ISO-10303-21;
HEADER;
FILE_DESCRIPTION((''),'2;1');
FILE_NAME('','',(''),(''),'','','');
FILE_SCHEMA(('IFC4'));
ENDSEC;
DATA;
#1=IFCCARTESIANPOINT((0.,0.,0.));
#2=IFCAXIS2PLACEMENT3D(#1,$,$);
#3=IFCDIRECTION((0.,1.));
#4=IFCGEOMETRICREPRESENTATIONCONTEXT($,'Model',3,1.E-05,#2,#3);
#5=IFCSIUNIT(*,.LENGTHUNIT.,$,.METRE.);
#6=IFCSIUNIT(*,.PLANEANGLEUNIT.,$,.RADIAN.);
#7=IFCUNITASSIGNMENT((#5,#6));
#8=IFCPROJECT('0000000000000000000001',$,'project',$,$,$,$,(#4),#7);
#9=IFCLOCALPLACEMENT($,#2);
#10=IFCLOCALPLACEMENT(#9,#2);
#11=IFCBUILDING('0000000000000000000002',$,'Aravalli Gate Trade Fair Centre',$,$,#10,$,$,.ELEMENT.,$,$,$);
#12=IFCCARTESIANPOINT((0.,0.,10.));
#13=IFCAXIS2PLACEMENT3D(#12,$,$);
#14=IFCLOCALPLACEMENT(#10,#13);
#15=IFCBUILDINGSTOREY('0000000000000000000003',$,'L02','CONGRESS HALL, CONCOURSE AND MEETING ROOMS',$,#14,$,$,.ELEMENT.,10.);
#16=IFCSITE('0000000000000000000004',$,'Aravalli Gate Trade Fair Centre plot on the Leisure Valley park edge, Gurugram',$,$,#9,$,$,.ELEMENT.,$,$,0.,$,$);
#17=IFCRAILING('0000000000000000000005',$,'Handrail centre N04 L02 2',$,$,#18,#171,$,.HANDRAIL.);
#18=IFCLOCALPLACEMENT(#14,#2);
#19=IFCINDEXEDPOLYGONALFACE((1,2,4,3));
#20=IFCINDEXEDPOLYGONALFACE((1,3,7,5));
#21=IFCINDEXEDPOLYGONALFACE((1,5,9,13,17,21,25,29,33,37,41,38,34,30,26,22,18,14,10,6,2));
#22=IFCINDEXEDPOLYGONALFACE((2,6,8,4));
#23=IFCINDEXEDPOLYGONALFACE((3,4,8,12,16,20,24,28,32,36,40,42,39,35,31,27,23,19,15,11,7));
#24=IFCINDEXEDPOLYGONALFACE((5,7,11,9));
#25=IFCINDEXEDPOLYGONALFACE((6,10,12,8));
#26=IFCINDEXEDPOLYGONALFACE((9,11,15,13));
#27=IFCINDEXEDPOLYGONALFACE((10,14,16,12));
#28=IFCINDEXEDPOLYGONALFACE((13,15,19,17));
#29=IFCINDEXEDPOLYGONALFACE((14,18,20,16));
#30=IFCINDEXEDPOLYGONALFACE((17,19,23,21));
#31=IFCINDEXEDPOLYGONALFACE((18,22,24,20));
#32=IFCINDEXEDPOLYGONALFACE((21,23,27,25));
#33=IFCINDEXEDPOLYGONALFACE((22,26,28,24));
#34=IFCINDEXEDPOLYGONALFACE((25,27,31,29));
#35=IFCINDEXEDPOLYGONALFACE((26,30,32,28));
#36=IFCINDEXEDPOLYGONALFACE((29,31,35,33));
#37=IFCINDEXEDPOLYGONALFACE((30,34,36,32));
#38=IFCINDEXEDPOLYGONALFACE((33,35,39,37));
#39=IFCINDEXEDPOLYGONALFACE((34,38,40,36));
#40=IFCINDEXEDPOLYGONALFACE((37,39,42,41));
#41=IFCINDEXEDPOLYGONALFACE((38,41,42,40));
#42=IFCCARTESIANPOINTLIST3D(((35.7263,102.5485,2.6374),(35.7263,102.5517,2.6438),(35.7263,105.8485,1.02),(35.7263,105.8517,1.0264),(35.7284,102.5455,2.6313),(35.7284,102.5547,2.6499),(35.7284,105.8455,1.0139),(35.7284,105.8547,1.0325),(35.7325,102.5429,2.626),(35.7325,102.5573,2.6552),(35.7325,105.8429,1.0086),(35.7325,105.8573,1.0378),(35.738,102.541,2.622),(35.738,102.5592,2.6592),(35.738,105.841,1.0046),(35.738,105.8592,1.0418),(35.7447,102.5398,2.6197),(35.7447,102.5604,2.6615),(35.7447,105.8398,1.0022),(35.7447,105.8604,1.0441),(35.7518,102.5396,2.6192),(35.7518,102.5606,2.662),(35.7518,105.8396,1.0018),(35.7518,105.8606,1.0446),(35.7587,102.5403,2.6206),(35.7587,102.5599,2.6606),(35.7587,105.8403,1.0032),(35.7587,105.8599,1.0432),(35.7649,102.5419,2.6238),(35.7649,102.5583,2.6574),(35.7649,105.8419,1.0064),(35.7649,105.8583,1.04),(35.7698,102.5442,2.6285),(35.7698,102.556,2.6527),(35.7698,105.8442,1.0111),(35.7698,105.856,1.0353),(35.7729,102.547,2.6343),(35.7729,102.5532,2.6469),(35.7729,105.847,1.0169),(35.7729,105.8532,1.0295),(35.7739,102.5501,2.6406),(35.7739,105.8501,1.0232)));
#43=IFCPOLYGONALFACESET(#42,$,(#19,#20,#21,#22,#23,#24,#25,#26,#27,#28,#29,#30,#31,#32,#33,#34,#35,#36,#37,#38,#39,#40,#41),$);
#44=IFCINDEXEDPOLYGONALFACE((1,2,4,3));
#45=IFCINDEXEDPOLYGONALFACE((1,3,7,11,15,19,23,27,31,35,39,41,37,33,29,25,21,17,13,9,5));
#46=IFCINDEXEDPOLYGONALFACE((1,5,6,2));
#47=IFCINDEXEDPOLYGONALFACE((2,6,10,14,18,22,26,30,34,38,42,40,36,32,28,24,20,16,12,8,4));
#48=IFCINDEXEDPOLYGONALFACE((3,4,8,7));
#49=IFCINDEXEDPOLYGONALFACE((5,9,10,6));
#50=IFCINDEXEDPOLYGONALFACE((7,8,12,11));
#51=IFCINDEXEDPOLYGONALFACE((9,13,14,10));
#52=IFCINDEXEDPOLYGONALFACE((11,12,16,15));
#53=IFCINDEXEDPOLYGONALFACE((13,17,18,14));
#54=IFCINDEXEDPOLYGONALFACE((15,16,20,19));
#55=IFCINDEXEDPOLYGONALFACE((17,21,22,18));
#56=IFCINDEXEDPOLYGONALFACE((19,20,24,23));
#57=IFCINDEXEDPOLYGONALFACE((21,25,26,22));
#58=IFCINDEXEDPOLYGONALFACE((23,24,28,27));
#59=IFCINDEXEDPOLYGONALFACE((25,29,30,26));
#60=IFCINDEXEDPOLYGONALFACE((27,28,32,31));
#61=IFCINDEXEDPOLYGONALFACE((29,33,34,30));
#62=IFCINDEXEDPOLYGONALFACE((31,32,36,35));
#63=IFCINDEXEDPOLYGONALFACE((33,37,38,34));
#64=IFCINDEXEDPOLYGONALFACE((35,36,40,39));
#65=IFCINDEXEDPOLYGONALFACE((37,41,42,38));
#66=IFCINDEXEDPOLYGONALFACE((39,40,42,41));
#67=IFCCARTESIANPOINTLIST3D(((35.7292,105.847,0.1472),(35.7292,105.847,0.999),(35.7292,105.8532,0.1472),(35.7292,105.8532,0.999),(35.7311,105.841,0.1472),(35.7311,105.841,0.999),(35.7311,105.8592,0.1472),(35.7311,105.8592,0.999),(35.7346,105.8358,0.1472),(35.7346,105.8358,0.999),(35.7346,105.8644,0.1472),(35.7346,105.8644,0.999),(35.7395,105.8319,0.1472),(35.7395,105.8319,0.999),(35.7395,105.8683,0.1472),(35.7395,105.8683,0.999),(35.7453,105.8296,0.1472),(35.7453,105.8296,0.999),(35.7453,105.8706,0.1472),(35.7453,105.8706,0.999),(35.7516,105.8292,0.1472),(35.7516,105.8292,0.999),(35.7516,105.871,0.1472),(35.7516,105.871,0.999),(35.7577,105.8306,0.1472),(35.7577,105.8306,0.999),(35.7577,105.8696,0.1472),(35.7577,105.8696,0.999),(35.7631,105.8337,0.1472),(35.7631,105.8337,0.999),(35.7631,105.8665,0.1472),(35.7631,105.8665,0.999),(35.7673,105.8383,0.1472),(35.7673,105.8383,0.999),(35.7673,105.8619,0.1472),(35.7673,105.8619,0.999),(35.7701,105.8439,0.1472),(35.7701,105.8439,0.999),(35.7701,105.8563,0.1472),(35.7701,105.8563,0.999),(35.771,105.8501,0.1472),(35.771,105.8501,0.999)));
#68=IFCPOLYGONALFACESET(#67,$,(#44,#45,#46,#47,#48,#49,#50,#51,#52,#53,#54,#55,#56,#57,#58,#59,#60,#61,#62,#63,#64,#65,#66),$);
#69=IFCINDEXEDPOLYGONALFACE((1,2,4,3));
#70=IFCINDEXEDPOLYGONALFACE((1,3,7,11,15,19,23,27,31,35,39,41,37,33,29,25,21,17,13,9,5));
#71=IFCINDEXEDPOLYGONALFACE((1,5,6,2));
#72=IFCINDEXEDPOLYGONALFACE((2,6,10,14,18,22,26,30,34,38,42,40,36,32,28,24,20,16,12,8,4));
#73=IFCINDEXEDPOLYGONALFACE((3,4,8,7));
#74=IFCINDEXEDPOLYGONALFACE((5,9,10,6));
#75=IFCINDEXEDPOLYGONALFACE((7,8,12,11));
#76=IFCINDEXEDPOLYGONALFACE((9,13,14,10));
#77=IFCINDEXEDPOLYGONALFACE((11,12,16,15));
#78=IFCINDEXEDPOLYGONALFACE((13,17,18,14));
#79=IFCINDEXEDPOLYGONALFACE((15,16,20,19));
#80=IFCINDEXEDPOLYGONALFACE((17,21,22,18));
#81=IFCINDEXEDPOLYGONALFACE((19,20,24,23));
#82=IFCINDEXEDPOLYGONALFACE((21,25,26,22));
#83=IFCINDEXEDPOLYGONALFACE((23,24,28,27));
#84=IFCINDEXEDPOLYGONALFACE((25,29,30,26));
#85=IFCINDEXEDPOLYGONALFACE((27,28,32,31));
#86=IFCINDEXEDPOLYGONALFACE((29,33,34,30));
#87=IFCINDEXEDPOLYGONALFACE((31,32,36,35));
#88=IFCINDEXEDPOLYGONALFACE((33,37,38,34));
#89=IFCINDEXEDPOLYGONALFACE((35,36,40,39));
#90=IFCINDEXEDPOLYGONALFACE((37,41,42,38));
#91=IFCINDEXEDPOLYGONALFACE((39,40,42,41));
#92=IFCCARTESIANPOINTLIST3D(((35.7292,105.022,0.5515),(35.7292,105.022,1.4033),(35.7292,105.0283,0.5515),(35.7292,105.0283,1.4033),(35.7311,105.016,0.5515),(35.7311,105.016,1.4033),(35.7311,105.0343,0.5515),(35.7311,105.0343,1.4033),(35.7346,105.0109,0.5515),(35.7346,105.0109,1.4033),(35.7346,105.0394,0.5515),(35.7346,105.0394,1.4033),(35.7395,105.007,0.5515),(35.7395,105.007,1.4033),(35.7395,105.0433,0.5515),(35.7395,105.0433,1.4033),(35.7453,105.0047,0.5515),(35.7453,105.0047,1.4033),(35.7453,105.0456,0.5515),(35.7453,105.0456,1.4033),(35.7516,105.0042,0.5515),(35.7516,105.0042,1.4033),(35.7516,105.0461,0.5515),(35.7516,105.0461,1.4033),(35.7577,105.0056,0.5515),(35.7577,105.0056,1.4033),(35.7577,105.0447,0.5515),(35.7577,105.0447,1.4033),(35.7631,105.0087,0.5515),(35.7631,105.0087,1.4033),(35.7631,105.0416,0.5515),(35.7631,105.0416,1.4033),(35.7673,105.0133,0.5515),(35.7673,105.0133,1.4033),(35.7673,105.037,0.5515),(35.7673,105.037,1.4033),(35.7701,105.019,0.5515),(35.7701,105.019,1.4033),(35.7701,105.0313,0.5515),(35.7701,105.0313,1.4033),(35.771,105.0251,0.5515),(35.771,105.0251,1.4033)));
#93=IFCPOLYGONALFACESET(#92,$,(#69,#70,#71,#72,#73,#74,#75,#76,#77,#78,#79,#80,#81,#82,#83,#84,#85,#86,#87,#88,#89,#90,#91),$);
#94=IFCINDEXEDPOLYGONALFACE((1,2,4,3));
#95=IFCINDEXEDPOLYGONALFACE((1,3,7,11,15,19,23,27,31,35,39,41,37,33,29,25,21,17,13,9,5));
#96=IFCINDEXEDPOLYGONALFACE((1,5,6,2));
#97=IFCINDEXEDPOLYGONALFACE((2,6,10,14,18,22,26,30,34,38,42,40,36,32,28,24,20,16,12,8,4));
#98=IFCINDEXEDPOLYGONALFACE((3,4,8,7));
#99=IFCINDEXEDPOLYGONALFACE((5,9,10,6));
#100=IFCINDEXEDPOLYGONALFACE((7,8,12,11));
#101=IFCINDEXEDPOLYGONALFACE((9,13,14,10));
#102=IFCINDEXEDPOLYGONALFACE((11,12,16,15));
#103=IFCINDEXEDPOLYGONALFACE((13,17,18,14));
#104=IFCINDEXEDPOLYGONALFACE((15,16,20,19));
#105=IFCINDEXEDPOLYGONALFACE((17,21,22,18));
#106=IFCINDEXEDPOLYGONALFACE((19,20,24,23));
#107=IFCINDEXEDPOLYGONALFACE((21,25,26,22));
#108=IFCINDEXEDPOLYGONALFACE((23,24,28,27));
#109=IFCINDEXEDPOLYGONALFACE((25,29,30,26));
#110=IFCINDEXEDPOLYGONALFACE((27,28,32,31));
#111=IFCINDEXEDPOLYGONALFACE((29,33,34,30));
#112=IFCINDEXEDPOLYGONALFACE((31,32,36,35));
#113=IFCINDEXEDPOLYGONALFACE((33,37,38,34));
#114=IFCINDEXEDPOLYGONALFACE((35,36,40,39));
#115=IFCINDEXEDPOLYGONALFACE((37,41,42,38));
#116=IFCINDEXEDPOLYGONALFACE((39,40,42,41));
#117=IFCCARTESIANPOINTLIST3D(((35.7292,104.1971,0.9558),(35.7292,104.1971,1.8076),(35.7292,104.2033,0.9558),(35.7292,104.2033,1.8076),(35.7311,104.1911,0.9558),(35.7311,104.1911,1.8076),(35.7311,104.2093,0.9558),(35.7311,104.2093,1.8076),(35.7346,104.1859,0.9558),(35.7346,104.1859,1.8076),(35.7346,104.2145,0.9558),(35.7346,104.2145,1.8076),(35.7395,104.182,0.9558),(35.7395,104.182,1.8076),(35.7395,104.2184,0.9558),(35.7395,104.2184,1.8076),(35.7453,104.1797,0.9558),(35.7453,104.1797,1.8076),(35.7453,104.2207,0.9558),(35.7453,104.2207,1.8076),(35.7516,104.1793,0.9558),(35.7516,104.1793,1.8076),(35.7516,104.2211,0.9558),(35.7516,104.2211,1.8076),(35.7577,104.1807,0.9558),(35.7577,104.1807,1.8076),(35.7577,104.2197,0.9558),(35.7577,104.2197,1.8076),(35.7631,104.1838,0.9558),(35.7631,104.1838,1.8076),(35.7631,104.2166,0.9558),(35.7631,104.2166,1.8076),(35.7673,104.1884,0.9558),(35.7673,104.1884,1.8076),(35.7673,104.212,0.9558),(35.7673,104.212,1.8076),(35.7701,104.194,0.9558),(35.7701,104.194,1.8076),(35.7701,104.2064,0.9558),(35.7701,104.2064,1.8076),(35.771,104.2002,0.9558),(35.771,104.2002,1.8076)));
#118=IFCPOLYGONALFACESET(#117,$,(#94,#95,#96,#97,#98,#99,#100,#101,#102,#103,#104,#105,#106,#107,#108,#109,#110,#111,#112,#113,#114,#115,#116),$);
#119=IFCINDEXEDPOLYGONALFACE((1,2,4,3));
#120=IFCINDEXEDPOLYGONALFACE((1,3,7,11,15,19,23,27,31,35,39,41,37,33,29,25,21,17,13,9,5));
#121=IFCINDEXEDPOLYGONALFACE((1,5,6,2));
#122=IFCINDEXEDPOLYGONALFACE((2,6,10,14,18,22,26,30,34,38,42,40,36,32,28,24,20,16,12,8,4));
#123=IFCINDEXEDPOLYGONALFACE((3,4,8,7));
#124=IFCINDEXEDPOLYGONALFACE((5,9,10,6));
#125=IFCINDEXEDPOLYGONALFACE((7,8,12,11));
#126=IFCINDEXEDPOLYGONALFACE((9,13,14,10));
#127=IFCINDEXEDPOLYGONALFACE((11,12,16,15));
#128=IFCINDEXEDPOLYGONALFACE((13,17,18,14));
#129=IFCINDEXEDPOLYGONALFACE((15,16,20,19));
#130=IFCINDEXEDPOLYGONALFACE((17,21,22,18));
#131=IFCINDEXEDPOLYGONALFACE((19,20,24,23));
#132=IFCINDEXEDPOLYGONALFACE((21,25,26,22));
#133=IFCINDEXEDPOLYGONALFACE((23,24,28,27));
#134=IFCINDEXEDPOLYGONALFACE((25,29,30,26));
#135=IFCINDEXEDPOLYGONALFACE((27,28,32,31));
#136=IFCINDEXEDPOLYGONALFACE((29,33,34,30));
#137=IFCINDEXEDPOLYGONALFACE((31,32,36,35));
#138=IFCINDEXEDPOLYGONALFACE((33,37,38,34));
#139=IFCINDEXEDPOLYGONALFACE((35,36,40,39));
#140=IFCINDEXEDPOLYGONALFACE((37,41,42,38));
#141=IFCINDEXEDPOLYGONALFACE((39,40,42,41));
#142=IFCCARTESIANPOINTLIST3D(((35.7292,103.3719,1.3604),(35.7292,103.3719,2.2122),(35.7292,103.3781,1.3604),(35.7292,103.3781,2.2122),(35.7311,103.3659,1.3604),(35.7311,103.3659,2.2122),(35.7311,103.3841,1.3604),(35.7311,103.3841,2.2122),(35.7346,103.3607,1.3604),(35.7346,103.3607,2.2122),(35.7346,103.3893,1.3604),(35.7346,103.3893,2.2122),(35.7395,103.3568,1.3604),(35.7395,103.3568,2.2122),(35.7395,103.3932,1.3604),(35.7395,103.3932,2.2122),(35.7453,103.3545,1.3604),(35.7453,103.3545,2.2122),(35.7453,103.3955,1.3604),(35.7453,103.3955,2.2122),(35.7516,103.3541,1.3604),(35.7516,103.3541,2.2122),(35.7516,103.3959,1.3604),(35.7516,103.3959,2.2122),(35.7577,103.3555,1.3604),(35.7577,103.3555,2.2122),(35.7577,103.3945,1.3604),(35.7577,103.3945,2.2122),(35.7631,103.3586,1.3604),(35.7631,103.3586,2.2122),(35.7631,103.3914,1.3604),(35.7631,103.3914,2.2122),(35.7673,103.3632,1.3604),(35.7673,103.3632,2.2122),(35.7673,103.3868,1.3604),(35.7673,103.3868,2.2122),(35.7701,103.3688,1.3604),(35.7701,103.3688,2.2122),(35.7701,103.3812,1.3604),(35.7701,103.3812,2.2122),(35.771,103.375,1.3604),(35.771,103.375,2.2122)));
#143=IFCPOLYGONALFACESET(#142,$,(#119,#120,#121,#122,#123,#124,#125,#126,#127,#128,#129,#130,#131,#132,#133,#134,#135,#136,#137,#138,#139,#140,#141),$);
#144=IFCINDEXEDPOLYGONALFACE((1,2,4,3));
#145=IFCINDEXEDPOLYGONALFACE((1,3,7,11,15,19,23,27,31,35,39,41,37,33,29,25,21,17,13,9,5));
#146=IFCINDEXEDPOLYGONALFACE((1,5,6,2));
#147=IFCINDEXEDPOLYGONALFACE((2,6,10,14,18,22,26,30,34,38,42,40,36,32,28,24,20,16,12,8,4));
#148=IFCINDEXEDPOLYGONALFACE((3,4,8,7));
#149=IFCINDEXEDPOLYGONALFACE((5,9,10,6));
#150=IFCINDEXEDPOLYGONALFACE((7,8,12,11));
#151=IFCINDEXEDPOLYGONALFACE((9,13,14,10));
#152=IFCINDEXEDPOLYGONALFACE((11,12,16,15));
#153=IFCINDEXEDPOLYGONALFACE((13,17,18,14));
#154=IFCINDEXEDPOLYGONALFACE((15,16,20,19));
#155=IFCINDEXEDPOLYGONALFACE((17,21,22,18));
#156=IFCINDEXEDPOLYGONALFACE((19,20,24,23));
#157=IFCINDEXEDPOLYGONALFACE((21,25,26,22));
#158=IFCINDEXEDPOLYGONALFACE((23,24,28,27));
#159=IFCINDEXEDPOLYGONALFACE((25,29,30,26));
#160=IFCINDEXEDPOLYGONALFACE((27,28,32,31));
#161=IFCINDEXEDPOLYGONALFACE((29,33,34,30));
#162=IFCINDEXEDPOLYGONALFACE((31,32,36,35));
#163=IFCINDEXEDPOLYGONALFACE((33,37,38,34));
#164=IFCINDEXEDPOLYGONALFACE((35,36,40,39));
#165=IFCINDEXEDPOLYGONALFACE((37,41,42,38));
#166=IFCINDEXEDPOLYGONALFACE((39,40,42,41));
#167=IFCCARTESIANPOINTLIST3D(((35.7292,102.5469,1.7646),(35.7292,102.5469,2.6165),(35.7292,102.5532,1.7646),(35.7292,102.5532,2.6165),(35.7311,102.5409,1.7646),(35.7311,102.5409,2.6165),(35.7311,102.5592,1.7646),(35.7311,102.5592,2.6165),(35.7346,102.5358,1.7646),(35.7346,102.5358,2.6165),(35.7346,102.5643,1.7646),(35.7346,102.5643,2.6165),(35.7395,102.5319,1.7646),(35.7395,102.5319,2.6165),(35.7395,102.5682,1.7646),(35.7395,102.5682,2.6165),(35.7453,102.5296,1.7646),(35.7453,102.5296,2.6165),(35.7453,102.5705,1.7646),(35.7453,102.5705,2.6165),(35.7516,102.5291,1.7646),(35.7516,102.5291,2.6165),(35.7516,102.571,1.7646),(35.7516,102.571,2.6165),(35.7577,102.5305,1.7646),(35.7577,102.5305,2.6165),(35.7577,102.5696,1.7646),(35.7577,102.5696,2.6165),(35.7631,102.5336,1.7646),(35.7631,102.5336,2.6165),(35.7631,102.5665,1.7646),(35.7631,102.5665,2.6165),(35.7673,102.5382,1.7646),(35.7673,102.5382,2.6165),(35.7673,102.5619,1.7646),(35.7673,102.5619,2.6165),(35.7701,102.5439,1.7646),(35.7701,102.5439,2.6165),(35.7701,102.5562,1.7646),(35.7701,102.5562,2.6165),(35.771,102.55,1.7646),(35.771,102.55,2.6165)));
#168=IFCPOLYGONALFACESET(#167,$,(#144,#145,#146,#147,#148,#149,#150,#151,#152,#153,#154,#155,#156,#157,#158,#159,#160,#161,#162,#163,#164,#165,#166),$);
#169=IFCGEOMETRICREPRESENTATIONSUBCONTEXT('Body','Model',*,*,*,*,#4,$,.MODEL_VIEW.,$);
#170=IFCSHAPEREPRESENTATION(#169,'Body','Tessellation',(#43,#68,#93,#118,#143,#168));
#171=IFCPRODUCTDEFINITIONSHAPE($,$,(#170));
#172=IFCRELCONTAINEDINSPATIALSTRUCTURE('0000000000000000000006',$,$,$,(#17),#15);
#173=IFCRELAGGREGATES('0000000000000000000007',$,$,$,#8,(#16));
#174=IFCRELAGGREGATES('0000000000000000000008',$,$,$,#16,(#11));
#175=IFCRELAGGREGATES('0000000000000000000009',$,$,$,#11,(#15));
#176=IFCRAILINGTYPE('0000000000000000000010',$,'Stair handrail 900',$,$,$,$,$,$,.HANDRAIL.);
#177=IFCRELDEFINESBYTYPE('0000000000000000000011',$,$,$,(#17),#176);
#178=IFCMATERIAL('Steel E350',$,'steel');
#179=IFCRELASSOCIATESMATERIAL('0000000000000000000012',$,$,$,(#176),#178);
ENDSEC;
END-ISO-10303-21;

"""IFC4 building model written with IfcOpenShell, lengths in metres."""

from ifc_helpers import new_model, si_unit, direction, frame, origin, origin_2d, place, context, subcontext, project, spatial, circle, extrude, material, type_object, element, save


model = new_model("IFC4")

# Units and contexts
model_context = context("Model", 3, precision=1e-05, world=origin(), true_north=direction((0.0, 1.0)))
body_context = subcontext(model_context, "Body", "Model", "MODEL_VIEW")
ifc_project = project(units=[si_unit("LENGTHUNIT", "METRE"), si_unit("PLANEANGLEUNIT", "RADIAN")], contexts=[model_context])

# Site, building, storey
site_placement = place(None, origin())
site = spatial("IfcSite", under=ifc_project, at=site_placement, Name="Aravalli Gate Trade Fair Centre plot on the Leisure Valley park edge, Gurugram", CompositionType="ELEMENT", RefElevation=0.0)
building_placement = place(site_placement, origin())
building = spatial("IfcBuilding", under=site, at=building_placement, Name="Aravalli Gate Trade Fair Centre", CompositionType="ELEMENT")
storey_placement = place(building_placement, frame((0.0, 0.0, 10.0)))
storey = spatial("IfcBuildingStorey", under=building, at=storey_placement, Name="L02", Description="CONGRESS HALL, CONCOURSE AND MEETING ROOMS", CompositionType="ELEMENT", Elevation=10.0)

# Shared definitions
ifc_material_1 = material(Name="Steel E350", Category="steel")

# Railing
railing_type_1 = type_object("IfcRailingType", Name="Stair handrail 900", PredefinedType="HANDRAIL", material=ifc_material_1)
for number, where, name in (
    (1, (35.75, 105.8501, 0.1472), "Handrail centre N04 L02 2"),
):
    element("IfcRailing", number, at=place(storey_placement, frame(where)), inside=storey, type_object=railing_type_1, Name=name, PredefinedType="HANDRAIL", context=body_context, shape_type="SweptSolid", body=[
        extrude(circle(Radius=0.0239, at=origin_2d()), frame((0.0, 0.0, 0.876), z_axis=(0.0, -0.897946, 0.440105), x_axis=(1.0, 0.0, 0.0)), (0.0, 0.0, 1.0), 3.675),
        extrude(circle(Radius=0.021, at=origin_2d()), origin(), (0.0, 0.0, 1.0), 0.8518),
        extrude(circle(Radius=0.021, at=origin_2d()), frame((0.0, -0.825, 0.4043)), (0.0, 0.0, 1.0), 0.8518),
        extrude(circle(Radius=0.021, at=origin_2d()), frame((0.0, -1.6499, 0.8086)), (0.0, 0.0, 1.0), 0.8518),
        extrude(circle(Radius=0.021, at=origin_2d()), frame((0.0, -2.4751, 1.2131)), (0.0, 0.0, 1.0), 0.8518),
        extrude(circle(Radius=0.021, at=origin_2d()), frame((0.0, -3.3, 1.6174)), (0.0, 0.0, 1.0), 0.8518),
    ])

save(model, "model.ifc")
